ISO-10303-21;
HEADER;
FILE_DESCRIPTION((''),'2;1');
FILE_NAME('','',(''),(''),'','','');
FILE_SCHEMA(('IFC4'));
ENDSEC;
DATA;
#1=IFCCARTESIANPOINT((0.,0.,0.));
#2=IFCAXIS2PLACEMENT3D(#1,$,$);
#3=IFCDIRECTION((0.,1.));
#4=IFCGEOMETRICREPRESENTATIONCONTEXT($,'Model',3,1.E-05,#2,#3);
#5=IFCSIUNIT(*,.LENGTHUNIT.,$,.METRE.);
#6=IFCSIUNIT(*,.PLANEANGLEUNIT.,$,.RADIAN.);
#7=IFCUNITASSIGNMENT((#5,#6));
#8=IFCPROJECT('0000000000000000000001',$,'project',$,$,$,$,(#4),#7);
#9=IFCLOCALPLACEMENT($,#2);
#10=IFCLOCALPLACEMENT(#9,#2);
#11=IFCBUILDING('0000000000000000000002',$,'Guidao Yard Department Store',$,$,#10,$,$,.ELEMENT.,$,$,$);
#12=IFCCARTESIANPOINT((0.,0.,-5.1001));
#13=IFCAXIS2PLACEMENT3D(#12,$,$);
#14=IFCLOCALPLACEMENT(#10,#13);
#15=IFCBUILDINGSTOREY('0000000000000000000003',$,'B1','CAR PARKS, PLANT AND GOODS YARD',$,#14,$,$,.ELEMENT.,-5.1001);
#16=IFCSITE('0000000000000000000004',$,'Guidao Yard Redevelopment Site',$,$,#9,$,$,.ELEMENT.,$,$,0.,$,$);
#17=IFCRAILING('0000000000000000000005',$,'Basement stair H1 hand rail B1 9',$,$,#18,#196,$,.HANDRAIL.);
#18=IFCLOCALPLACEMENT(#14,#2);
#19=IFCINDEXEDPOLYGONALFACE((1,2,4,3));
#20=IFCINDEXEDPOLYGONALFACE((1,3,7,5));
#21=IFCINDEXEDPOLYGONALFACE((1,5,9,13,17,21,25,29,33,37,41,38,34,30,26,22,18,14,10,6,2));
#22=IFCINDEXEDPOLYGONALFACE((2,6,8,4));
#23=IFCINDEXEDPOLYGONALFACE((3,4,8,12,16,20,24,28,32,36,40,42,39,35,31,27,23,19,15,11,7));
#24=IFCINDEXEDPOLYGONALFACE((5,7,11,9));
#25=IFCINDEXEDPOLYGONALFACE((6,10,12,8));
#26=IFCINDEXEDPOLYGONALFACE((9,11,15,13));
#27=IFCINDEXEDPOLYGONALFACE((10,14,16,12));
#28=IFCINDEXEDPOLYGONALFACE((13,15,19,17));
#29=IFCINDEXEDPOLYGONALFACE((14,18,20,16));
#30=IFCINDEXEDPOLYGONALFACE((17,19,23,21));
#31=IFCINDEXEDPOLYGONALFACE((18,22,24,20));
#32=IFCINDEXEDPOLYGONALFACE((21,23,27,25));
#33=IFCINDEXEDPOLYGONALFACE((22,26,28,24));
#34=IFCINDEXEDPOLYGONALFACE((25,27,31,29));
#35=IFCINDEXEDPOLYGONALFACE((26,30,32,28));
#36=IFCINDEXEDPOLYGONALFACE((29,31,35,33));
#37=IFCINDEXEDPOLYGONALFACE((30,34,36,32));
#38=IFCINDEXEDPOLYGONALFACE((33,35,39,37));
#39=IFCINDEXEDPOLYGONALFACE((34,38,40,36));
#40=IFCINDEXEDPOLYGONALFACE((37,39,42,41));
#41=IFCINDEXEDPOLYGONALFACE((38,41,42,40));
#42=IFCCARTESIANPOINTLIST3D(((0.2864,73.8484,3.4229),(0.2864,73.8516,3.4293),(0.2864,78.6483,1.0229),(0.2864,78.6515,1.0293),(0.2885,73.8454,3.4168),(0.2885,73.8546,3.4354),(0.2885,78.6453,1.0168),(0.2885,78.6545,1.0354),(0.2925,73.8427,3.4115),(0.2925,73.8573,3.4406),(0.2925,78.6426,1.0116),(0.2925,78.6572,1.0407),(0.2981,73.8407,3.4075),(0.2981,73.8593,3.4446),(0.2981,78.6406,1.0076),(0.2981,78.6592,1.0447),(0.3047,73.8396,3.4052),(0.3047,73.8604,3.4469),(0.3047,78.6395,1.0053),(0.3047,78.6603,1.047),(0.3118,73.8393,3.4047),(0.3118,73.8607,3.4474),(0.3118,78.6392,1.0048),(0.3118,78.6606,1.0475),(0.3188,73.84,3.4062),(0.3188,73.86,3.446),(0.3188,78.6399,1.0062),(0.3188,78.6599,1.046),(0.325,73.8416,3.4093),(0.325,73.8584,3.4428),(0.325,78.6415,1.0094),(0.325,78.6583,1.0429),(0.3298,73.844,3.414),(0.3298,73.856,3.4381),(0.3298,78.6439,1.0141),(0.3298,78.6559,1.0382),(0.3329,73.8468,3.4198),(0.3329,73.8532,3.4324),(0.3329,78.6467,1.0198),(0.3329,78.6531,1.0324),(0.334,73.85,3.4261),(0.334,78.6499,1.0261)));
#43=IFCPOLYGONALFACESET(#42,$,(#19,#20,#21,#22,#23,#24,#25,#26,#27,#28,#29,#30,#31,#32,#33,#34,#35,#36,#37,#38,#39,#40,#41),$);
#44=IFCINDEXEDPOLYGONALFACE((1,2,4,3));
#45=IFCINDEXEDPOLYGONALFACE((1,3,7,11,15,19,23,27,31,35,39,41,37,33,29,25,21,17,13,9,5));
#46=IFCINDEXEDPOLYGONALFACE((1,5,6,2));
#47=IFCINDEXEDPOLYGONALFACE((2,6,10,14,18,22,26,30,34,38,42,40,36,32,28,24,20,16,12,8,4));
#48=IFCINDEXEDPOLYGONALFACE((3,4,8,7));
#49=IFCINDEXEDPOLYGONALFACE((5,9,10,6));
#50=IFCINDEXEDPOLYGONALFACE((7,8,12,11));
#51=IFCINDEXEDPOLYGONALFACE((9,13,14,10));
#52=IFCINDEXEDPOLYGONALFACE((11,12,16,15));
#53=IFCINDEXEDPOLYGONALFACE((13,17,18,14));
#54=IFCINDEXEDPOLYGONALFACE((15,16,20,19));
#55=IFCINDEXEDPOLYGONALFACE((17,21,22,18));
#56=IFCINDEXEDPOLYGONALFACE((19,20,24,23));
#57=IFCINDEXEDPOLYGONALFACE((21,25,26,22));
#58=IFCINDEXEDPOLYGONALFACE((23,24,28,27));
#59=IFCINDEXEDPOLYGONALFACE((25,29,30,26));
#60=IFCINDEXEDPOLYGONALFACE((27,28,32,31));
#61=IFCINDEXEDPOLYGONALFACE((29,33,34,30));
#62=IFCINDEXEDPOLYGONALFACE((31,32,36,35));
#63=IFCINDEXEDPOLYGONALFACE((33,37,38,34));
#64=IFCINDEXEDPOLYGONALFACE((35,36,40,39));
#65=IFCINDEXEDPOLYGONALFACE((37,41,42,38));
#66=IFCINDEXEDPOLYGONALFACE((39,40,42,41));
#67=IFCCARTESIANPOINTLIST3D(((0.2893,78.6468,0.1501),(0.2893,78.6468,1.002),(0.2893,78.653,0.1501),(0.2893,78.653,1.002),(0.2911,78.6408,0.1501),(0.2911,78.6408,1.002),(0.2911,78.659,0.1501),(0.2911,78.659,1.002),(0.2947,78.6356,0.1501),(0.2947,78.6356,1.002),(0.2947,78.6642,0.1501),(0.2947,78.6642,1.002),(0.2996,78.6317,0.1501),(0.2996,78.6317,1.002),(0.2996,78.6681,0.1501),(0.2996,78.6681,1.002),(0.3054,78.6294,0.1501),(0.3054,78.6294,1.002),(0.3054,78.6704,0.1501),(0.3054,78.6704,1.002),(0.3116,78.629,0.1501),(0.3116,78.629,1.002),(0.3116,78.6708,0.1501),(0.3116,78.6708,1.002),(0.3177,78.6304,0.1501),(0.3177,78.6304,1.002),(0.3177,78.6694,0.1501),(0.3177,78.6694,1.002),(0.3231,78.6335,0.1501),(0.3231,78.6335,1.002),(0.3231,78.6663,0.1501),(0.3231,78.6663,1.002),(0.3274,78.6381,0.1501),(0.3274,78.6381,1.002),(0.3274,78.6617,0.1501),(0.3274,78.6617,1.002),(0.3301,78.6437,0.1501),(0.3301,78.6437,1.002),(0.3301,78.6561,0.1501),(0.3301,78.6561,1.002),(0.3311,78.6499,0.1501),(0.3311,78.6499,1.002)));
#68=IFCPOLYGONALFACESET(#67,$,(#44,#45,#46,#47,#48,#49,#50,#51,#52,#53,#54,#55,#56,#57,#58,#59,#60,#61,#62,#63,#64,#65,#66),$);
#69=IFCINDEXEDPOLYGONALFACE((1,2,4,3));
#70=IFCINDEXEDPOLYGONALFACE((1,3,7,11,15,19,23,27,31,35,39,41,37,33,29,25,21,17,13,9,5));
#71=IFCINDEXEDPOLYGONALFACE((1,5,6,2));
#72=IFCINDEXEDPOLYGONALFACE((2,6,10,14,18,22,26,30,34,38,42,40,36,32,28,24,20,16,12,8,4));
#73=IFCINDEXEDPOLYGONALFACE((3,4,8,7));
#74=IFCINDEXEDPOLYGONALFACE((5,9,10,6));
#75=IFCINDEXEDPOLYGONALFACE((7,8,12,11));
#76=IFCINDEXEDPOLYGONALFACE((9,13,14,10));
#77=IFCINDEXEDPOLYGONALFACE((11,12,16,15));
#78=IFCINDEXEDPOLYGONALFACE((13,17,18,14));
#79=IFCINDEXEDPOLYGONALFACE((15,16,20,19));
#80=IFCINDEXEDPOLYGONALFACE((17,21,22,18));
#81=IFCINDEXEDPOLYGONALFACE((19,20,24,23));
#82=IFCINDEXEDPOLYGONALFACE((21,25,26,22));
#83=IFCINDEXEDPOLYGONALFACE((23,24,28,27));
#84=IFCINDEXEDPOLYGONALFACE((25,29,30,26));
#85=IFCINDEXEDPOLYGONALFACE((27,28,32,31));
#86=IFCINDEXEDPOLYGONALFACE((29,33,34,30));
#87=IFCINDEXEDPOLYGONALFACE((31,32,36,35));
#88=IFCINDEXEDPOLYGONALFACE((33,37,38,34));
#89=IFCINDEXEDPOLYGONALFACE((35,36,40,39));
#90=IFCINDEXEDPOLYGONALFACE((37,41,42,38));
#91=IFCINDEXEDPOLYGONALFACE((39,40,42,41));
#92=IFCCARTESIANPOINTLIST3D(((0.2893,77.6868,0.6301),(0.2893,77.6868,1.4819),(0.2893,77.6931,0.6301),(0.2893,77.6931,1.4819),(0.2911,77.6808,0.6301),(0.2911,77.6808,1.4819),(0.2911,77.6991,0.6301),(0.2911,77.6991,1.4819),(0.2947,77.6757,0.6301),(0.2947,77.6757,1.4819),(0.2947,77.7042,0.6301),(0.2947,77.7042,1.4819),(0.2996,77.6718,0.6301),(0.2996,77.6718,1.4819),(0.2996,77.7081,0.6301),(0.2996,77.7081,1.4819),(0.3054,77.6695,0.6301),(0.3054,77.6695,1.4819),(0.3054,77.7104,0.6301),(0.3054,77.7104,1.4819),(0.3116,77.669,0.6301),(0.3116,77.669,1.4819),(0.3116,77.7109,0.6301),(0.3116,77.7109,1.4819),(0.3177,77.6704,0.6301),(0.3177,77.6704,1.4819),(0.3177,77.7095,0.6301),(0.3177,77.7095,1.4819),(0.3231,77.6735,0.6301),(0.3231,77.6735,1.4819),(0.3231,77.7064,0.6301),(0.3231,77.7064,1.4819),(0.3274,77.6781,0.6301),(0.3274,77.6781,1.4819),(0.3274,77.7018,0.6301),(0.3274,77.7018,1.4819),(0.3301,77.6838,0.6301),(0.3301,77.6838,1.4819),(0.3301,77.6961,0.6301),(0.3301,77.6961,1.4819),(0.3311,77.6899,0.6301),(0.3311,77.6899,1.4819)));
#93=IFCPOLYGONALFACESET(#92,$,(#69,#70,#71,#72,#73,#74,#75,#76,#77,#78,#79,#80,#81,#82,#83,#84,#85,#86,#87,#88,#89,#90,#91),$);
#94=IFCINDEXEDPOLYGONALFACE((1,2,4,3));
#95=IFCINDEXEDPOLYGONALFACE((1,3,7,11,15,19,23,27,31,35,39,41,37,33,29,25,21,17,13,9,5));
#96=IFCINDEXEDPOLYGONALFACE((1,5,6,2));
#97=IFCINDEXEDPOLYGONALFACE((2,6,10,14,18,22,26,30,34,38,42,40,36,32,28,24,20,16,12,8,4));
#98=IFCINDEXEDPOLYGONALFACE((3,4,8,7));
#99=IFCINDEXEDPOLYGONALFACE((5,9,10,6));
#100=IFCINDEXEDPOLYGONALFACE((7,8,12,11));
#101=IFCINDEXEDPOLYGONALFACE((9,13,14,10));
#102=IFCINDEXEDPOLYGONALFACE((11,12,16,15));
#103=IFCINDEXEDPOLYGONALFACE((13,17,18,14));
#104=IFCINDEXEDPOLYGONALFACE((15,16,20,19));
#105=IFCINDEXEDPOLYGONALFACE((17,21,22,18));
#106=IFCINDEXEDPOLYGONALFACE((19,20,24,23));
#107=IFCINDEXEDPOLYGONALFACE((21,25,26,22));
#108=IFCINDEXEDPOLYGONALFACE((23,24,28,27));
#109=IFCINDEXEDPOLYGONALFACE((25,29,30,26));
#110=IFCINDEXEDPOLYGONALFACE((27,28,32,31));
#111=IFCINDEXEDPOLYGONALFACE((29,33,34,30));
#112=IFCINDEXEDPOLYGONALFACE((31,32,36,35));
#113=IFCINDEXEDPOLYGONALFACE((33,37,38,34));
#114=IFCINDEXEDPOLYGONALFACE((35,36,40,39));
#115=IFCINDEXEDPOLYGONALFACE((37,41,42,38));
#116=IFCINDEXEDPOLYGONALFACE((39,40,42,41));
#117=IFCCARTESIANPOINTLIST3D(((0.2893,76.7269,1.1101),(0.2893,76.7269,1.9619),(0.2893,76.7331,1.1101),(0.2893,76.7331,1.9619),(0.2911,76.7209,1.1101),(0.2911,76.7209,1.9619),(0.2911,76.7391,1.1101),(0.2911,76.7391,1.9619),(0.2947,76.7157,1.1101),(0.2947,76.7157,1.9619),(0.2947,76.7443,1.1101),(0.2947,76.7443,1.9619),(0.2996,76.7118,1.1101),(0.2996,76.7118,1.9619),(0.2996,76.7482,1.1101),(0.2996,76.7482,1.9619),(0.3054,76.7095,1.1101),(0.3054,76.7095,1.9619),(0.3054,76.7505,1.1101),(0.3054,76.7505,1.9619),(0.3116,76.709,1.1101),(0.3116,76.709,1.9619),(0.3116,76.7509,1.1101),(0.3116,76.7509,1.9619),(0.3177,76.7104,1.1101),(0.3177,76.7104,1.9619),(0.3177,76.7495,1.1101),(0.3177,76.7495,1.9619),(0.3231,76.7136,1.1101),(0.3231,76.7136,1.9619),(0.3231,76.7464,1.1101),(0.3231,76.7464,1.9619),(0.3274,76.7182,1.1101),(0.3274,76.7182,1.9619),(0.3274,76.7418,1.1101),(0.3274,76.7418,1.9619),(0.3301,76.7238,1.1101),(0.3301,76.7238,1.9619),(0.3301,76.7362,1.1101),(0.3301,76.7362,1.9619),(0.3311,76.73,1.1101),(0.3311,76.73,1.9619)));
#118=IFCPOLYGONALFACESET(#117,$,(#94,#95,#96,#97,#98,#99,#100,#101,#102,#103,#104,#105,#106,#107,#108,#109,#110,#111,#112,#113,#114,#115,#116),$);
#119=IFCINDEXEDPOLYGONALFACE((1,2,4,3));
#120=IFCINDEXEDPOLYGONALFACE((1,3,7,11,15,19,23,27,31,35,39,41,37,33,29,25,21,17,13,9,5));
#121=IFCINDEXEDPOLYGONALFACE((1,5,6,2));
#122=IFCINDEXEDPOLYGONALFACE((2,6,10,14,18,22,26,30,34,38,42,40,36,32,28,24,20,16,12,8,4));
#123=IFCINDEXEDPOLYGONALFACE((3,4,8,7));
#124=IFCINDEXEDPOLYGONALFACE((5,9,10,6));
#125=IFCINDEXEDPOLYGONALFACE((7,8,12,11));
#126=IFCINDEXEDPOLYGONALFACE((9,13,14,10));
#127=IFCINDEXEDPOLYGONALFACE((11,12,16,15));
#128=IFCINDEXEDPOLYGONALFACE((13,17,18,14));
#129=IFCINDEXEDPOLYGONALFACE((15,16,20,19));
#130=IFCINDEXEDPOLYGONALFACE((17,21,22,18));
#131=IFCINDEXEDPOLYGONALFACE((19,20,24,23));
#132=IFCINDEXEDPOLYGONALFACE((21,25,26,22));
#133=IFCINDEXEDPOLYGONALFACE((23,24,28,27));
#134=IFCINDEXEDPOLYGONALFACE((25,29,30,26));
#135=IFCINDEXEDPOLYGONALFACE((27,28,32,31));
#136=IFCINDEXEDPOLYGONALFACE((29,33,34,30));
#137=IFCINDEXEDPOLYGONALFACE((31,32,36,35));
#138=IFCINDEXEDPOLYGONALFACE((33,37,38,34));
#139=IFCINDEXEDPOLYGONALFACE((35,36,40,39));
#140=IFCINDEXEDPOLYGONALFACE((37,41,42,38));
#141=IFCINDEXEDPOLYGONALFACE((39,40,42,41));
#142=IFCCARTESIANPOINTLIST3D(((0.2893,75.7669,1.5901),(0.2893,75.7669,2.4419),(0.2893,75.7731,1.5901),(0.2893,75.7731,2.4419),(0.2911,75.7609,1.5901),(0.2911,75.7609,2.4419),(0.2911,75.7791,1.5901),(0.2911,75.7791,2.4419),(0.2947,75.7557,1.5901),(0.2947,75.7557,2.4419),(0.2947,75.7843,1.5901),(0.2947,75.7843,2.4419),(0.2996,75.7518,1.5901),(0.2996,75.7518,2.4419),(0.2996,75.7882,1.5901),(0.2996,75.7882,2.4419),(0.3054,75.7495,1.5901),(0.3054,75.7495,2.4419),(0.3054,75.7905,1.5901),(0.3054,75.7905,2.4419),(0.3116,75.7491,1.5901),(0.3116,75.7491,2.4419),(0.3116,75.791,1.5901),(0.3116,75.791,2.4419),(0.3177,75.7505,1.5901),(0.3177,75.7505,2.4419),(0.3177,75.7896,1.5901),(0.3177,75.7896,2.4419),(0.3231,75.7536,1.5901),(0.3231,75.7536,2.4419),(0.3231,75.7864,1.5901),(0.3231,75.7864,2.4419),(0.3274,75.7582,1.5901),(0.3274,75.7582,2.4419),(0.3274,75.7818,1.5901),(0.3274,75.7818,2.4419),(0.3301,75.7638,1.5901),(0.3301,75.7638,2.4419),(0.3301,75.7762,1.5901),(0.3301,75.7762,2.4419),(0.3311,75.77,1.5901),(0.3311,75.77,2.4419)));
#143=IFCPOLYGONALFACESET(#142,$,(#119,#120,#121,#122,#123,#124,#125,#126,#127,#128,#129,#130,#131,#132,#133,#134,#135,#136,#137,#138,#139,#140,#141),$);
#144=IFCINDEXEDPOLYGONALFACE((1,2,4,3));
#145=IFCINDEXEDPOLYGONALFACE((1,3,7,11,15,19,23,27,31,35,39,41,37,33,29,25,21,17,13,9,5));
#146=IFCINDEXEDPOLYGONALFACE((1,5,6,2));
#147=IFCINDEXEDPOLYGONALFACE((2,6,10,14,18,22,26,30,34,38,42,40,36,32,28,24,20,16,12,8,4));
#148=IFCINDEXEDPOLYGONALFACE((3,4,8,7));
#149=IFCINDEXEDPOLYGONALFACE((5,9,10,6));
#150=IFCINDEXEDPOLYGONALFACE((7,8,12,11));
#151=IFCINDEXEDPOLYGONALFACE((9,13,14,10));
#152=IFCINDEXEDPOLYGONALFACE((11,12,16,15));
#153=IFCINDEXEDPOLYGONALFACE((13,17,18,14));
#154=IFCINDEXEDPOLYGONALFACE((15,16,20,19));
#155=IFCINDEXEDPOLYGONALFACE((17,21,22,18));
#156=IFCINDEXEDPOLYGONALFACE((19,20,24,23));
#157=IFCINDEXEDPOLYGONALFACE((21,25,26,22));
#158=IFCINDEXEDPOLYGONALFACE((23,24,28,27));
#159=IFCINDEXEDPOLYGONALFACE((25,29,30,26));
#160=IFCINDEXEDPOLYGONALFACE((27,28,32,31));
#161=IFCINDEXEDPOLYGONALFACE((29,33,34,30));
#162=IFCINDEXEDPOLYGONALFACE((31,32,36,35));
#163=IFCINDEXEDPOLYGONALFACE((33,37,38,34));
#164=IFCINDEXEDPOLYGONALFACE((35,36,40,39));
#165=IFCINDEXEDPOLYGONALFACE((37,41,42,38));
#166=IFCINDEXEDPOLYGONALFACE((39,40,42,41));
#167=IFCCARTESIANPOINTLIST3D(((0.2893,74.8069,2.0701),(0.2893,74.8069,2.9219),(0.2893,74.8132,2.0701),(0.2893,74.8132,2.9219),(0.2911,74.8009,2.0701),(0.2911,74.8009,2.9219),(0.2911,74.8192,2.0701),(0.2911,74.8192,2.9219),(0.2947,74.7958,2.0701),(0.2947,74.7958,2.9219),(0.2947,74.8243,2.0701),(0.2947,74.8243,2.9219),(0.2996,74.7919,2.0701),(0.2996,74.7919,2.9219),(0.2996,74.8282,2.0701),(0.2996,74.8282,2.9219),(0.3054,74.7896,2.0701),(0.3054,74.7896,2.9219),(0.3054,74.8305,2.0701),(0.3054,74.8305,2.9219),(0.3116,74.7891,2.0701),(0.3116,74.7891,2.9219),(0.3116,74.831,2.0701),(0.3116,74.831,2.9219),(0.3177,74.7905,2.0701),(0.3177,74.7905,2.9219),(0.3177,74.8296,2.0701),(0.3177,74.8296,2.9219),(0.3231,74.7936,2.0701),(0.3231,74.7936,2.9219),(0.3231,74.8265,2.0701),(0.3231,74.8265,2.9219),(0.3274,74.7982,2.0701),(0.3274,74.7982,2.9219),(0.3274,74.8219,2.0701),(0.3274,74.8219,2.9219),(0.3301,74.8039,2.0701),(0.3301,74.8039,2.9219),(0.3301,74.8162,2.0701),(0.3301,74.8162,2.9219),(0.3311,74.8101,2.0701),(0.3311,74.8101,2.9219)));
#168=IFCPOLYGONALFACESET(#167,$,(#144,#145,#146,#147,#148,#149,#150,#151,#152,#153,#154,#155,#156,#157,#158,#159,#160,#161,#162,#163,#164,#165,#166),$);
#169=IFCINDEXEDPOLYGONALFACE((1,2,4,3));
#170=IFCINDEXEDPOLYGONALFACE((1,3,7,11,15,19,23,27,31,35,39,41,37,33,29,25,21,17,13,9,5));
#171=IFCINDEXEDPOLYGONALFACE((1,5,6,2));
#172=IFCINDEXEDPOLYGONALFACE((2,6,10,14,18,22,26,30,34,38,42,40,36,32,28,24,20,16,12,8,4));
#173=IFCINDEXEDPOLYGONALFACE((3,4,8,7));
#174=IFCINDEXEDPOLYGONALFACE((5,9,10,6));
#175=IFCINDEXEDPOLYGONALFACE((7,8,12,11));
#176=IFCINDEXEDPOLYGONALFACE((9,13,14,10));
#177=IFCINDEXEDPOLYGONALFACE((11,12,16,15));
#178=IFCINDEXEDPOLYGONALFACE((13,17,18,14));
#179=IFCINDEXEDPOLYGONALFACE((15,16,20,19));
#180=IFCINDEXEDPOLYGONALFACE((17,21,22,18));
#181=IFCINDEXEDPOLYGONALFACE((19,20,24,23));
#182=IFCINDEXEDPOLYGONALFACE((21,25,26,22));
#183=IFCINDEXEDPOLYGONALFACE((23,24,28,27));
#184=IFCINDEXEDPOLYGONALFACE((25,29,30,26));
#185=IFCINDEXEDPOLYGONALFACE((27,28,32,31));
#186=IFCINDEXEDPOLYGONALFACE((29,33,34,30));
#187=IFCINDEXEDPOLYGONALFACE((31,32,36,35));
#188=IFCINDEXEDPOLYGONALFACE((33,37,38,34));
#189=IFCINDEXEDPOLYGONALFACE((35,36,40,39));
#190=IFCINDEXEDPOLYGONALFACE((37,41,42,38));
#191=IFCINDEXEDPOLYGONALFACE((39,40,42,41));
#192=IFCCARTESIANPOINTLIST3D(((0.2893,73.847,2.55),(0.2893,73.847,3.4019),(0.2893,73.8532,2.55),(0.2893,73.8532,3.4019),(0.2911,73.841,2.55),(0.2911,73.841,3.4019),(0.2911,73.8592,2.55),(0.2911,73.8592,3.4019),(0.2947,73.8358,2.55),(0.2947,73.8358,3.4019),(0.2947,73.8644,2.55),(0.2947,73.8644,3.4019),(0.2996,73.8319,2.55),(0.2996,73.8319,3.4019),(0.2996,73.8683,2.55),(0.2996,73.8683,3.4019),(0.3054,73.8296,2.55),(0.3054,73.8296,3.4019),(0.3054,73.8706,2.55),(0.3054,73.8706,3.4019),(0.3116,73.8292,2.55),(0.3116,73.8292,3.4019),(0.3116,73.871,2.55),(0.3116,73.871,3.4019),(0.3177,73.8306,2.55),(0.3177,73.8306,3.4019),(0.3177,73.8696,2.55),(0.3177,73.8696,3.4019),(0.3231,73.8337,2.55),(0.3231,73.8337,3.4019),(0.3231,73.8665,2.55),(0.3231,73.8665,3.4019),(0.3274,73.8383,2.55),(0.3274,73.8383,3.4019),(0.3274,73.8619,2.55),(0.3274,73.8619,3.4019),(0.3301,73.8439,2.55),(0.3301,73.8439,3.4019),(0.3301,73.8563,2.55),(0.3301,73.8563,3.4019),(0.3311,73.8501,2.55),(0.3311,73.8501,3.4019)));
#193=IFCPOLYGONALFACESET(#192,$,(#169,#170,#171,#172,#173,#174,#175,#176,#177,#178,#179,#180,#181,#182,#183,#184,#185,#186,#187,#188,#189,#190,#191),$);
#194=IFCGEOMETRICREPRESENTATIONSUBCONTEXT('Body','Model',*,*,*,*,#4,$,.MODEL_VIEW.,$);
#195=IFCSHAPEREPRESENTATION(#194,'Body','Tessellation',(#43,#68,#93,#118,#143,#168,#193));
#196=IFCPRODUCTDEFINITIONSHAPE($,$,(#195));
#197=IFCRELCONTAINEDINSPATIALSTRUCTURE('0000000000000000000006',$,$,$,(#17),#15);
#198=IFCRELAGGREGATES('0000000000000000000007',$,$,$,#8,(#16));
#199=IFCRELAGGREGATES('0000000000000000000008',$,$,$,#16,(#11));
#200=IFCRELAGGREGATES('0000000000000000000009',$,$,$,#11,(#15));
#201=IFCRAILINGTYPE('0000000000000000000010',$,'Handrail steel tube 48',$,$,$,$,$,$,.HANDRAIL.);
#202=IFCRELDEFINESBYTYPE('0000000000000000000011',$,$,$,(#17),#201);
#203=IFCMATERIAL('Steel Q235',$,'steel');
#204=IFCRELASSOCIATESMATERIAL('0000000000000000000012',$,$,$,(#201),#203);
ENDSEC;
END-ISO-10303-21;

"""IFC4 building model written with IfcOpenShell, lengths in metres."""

from ifc_helpers import new_model, si_unit, direction, frame, origin, origin_2d, place, context, subcontext, project, spatial, circle, extrude, material, type_object, element, save


model = new_model("IFC4")

# Units and contexts
model_context = context("Model", 3, precision=1e-05, world=origin(), true_north=direction((0.0, 1.0)))
body_context = subcontext(model_context, "Body", "Model", "MODEL_VIEW")
ifc_project = project(units=[si_unit("LENGTHUNIT", "METRE"), si_unit("PLANEANGLEUNIT", "RADIAN")], contexts=[model_context])

# Site, building, storey
site_placement = place(None, origin())
site = spatial("IfcSite", under=ifc_project, at=site_placement, Name="Guidao Yard Redevelopment Site", CompositionType="ELEMENT", RefElevation=0.0)
building_placement = place(site_placement, origin())
building = spatial("IfcBuilding", under=site, at=building_placement, Name="Guidao Yard Department Store", CompositionType="ELEMENT")
storey_placement = place(building_placement, frame((0.0, 0.0, -5.1001)))
storey = spatial("IfcBuildingStorey", under=building, at=storey_placement, Name="B1", Description="CAR PARKS, PLANT AND GOODS YARD", CompositionType="ELEMENT", Elevation=-5.1001)

# Railing
ifc_material_1 = material(Name="Steel Q235", Category="steel")
railing_type_1 = type_object("IfcRailingType", Name="Handrail steel tube 48", PredefinedType="HANDRAIL", material=ifc_material_1)
for number, where, name in (
    (1, (0.3101, 78.6499, 0.1501), "Basement stair H1 hand rail B1 9"),
):
    element("IfcRailing", number, at=place(storey_placement, frame(where)), inside=storey, type_object=railing_type_1, Name=name, PredefinedType="HANDRAIL", context=body_context, shape_type="SweptSolid", body=[
        extrude(circle(Radius=0.0239, at=origin_2d()), frame((0.0, 0.0, 0.876), z_axis=(0.0, -0.894427, 0.447214), x_axis=(1.0, 0.0, 0.0)), (0.0, 0.0, 1.0), 5.3665),
        extrude(circle(Radius=0.021, at=origin_2d()), origin(), (0.0, 0.0, 1.0), 0.8518),
        extrude(circle(Radius=0.021, at=origin_2d()), frame((0.0, -0.96, 0.48)), (0.0, 0.0, 1.0), 0.8518),
        extrude(circle(Radius=0.021, at=origin_2d()), frame((0.0, -1.9199, 0.96)), (0.0, 0.0, 1.0), 0.8518),
        extrude(circle(Radius=0.021, at=origin_2d()), frame((0.0, -2.8799, 1.4399)), (0.0, 0.0, 1.0), 0.8518),
        extrude(circle(Radius=0.021, at=origin_2d()), frame((0.0, -3.8398, 1.9199)), (0.0, 0.0, 1.0), 0.8518),
        extrude(circle(Radius=0.021, at=origin_2d()), frame((0.0, -4.7998, 2.3999)), (0.0, 0.0, 1.0), 0.8518),
    ])

save(model, "model.ifc")
